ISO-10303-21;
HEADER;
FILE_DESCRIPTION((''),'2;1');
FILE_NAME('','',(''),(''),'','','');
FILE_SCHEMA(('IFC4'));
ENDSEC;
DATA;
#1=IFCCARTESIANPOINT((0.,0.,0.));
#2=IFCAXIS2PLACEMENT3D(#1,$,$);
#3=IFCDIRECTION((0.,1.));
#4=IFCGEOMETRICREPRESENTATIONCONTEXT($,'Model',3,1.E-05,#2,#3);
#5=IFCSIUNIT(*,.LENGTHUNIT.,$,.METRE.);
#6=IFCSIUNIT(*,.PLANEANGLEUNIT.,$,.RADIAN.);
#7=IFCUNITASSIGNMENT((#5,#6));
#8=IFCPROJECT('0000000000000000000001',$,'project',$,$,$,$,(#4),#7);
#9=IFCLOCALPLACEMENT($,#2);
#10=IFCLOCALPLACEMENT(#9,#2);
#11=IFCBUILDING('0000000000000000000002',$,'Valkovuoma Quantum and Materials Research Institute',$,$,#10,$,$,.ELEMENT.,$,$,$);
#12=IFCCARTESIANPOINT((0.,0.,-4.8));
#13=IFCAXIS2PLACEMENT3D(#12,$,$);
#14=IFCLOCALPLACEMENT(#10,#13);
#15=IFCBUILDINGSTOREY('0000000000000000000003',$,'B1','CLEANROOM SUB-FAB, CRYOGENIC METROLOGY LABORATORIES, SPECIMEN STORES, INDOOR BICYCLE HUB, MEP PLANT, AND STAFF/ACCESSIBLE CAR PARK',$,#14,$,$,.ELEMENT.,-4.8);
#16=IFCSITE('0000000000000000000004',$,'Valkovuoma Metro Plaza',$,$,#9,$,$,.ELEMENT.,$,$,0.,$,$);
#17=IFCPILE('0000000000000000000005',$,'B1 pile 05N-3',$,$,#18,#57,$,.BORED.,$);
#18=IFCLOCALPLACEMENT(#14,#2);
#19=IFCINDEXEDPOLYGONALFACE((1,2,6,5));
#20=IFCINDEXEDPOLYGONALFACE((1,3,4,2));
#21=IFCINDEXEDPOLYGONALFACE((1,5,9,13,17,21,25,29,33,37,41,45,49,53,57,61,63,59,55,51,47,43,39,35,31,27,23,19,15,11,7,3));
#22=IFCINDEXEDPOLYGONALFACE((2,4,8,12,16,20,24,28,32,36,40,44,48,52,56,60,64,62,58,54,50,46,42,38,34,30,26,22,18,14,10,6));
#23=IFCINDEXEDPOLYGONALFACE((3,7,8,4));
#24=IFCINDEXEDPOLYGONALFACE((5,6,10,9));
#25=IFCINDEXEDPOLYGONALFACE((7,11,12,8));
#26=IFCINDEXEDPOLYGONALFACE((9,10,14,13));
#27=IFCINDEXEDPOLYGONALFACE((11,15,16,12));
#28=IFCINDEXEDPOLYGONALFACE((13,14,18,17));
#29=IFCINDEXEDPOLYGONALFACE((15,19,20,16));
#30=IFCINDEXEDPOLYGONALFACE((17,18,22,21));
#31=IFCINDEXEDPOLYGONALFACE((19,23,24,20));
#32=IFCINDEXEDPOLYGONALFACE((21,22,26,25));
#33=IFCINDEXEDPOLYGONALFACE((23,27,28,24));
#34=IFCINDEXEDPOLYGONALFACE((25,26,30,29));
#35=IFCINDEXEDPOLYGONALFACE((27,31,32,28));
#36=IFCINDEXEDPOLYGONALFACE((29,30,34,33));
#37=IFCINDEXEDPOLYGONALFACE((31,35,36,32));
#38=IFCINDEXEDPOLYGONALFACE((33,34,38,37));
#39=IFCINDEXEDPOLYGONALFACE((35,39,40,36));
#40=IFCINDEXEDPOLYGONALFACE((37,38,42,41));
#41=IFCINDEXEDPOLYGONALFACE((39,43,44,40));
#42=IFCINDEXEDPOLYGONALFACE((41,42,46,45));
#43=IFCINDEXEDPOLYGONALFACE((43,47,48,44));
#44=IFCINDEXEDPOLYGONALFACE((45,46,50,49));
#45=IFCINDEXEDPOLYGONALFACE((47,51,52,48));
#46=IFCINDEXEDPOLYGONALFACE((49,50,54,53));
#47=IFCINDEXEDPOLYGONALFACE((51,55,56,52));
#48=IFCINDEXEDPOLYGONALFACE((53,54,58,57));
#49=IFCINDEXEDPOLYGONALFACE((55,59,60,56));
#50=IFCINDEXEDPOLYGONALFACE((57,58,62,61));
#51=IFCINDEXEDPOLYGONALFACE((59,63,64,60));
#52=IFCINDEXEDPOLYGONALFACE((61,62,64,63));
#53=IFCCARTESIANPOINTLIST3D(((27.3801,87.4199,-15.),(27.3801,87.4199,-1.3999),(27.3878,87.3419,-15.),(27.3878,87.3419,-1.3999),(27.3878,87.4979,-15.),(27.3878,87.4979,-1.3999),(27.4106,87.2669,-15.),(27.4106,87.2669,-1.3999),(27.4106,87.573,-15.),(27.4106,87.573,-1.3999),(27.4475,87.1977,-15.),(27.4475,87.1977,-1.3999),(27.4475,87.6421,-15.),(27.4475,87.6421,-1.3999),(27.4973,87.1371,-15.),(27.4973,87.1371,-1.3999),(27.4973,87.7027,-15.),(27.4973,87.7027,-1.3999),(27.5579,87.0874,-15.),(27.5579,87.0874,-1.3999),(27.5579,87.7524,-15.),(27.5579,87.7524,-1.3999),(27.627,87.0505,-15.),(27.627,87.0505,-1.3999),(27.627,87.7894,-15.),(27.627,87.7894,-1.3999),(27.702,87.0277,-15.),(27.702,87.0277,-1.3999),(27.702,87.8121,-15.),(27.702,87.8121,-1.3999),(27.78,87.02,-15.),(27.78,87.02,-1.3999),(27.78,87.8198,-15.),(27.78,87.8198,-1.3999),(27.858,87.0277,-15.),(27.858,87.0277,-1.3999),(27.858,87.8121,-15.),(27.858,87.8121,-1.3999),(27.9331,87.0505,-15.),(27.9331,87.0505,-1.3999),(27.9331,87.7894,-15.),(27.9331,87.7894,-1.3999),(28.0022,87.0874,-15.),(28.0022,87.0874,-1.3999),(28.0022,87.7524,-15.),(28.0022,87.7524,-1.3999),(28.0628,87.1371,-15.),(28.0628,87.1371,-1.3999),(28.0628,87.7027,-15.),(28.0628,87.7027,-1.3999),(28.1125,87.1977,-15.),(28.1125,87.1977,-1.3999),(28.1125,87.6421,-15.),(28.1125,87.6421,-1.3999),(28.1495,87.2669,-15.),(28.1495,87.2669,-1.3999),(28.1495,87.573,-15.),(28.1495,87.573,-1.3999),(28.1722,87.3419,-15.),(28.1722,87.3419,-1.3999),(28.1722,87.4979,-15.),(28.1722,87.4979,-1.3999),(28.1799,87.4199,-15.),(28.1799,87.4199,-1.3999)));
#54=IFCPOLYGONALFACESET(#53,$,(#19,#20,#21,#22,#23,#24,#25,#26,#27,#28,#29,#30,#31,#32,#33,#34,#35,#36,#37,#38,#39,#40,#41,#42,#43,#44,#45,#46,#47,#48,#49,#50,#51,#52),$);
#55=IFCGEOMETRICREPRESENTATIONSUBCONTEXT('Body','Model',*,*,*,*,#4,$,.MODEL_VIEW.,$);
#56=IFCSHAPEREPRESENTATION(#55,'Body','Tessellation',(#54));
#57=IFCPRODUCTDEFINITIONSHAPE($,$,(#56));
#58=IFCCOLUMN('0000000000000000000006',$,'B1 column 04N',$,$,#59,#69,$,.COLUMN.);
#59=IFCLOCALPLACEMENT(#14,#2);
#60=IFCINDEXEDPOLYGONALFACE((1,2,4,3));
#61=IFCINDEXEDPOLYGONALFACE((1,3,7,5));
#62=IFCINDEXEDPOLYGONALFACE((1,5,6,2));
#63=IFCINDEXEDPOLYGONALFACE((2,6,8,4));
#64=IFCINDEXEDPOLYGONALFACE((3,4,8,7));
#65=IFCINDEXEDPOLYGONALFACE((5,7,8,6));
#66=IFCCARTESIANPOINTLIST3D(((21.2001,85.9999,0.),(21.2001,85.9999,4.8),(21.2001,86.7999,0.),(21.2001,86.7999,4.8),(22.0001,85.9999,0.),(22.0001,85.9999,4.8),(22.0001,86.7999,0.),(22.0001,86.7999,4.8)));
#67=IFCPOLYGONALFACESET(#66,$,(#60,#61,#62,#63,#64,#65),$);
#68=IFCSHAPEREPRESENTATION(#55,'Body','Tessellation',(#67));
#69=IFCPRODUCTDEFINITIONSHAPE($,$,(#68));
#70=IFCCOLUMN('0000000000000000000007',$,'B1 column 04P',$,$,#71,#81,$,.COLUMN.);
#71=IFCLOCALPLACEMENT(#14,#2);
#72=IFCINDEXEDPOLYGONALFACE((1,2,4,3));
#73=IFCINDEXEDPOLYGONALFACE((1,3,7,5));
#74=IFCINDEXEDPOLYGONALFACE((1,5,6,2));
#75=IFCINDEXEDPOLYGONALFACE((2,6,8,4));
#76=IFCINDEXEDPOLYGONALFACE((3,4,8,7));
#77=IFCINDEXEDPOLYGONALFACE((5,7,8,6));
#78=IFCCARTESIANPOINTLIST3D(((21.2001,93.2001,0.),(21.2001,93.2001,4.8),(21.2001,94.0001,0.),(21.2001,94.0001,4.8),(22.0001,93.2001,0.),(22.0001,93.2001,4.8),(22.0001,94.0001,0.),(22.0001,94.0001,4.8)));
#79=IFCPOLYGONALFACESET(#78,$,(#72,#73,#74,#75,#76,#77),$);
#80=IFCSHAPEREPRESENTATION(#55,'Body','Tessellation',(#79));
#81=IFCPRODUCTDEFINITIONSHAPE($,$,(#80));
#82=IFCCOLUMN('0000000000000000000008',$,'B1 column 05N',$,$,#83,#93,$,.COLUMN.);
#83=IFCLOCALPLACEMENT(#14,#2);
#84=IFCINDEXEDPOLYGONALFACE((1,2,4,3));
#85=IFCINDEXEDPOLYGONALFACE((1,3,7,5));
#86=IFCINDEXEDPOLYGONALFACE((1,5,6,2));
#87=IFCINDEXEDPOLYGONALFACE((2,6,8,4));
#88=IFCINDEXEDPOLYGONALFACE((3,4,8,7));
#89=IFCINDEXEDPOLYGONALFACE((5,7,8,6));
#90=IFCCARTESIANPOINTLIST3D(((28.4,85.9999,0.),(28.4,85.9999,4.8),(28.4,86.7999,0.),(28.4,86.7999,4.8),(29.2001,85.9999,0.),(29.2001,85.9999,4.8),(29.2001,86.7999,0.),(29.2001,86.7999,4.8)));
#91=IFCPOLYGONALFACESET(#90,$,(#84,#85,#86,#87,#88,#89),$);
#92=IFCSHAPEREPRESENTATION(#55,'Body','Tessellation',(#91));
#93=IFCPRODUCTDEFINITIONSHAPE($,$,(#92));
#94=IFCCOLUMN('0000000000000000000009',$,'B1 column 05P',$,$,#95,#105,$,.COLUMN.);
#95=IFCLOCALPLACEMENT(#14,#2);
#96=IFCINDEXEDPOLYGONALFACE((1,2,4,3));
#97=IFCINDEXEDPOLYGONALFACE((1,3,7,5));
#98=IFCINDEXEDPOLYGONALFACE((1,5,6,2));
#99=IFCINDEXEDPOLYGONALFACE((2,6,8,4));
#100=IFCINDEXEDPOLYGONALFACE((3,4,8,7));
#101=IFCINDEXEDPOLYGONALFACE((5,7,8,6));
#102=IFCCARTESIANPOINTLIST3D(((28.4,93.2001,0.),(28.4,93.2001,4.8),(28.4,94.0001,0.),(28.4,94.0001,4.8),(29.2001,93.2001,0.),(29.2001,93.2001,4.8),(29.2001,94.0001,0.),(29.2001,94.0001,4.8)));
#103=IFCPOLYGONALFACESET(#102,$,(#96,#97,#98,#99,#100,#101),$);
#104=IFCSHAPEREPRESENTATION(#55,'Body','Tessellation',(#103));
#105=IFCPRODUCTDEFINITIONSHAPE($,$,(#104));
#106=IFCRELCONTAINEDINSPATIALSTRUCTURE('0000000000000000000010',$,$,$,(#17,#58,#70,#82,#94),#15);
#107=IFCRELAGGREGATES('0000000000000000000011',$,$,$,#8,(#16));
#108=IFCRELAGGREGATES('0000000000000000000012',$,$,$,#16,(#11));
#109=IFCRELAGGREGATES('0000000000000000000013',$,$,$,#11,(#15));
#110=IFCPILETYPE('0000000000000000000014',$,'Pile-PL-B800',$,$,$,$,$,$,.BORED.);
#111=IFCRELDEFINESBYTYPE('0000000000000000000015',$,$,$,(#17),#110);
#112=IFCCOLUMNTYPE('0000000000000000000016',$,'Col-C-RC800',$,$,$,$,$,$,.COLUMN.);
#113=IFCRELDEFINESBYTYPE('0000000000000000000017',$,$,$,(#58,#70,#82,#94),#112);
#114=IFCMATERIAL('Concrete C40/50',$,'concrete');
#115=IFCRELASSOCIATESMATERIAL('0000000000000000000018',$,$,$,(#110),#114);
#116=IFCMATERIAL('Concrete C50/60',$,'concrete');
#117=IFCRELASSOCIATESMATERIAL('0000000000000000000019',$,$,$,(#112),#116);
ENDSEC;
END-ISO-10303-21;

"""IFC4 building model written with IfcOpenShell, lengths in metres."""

from ifc_helpers import new_model, si_unit, direction, frame, origin, origin_2d, place, context, subcontext, project, spatial, rectangle, circle, extrude, material, material_profile, profile_set, type_object, element, save


model = new_model("IFC4")

# Units and contexts
model_context = context("Model", 3, precision=1e-05, world=origin(), true_north=direction((0.0, 1.0)))
body_context = subcontext(model_context, "Body", "Model", "MODEL_VIEW")
ifc_project = project(units=[si_unit("LENGTHUNIT", "METRE"), si_unit("PLANEANGLEUNIT", "RADIAN")], contexts=[model_context])

# Site, building, storey
site_placement = place(None, origin())
site = spatial("IfcSite", under=ifc_project, at=site_placement, Name="Valkovuoma Metro Plaza", CompositionType="ELEMENT", RefElevation=0.0)
building_placement = place(site_placement, origin())
building = spatial("IfcBuilding", under=site, at=building_placement, Name="Valkovuoma Quantum and Materials Research Institute", CompositionType="ELEMENT")
storey_placement = place(building_placement, frame((0.0, 0.0, -4.8)))
storey = spatial("IfcBuildingStorey", under=building, at=storey_placement, Name="B1", Description="CLEANROOM SUB-FAB, CRYOGENIC METROLOGY LABORATORIES, SPECIMEN STORES, INDOOR BICYCLE HUB, MEP PLANT, AND STAFF/ACCESSIBLE CAR PARK", CompositionType="ELEMENT", Elevation=-4.8)

# Pile
ifc_material_1 = material(Name="Concrete C40/50", Category="concrete")
ifc_material_profile_1 = material_profile(ifc_material_1, circle(Radius=0.3999, at=origin_2d()), Name="Concrete C40/50")
ifc_profile_set_1 = profile_set([ifc_material_profile_1], Name="Concrete C40/50")
pile_type_1 = type_object("IfcPileType", Name="Pile-PL-B800", PredefinedType="BORED", material=ifc_profile_set_1)
for number, where, z_axis, x_axis, name in (
    (1, (27.78, 87.4199, -1.3999), (0.0, 0.0, -1.0), (1.0, 0.0, 0.0), "B1 pile 05N-3"),
):
    element("IfcPile", number, at=place(storey_placement, frame(where, z_axis=z_axis, x_axis=x_axis)), inside=storey, type_object=pile_type_1, Name=name, PredefinedType="BORED", context=body_context, shape_type="SweptSolid", body=[
        extrude(circle(Radius=0.3999, at=origin_2d()), origin(), (0.0, 0.0, 1.0), 13.6001),
    ])

# Columns
ifc_material_2 = material(Name="Concrete C50/60", Category="concrete")
ifc_material_profile_2 = material_profile(ifc_material_2, rectangle(XDim=0.8, YDim=0.8, at=origin_2d()), Name="Concrete C50/60")
ifc_profile_set_2 = profile_set([ifc_material_profile_2], Name="Concrete C50/60")
column_type = type_object("IfcColumnType", Name="Col-C-RC800", PredefinedType="COLUMN", material=ifc_profile_set_2)
for number, where, z_axis, x_axis, name in (
    (2, (21.6001, 86.3999, 0.0), (0.0, 0.0, 1.0), (1.0, 0.0, 0.0), "B1 column 04N"),
    (3, (21.6001, 93.6001, 0.0), (0.0, 0.0, 1.0), (1.0, 0.0, 0.0), "B1 column 04P"),
    (4, (28.8, 86.3999, 0.0), (0.0, 0.0, 1.0), (1.0, 0.0, 0.0), "B1 column 05N"),
    (5, (28.8, 93.6001, 0.0), (0.0, 0.0, 1.0), (1.0, 0.0, 0.0), "B1 column 05P"),
):
    element("IfcColumn", number, at=place(storey_placement, frame(where, z_axis=z_axis, x_axis=x_axis)), inside=storey, type_object=column_type, Name=name, PredefinedType="COLUMN", context=body_context, shape_type="SweptSolid", body=[
        extrude(rectangle(XDim=0.8, YDim=0.8, at=origin_2d()), origin(), (0.0, 0.0, 1.0), 4.8),
    ])

save(model, "model.ifc")
